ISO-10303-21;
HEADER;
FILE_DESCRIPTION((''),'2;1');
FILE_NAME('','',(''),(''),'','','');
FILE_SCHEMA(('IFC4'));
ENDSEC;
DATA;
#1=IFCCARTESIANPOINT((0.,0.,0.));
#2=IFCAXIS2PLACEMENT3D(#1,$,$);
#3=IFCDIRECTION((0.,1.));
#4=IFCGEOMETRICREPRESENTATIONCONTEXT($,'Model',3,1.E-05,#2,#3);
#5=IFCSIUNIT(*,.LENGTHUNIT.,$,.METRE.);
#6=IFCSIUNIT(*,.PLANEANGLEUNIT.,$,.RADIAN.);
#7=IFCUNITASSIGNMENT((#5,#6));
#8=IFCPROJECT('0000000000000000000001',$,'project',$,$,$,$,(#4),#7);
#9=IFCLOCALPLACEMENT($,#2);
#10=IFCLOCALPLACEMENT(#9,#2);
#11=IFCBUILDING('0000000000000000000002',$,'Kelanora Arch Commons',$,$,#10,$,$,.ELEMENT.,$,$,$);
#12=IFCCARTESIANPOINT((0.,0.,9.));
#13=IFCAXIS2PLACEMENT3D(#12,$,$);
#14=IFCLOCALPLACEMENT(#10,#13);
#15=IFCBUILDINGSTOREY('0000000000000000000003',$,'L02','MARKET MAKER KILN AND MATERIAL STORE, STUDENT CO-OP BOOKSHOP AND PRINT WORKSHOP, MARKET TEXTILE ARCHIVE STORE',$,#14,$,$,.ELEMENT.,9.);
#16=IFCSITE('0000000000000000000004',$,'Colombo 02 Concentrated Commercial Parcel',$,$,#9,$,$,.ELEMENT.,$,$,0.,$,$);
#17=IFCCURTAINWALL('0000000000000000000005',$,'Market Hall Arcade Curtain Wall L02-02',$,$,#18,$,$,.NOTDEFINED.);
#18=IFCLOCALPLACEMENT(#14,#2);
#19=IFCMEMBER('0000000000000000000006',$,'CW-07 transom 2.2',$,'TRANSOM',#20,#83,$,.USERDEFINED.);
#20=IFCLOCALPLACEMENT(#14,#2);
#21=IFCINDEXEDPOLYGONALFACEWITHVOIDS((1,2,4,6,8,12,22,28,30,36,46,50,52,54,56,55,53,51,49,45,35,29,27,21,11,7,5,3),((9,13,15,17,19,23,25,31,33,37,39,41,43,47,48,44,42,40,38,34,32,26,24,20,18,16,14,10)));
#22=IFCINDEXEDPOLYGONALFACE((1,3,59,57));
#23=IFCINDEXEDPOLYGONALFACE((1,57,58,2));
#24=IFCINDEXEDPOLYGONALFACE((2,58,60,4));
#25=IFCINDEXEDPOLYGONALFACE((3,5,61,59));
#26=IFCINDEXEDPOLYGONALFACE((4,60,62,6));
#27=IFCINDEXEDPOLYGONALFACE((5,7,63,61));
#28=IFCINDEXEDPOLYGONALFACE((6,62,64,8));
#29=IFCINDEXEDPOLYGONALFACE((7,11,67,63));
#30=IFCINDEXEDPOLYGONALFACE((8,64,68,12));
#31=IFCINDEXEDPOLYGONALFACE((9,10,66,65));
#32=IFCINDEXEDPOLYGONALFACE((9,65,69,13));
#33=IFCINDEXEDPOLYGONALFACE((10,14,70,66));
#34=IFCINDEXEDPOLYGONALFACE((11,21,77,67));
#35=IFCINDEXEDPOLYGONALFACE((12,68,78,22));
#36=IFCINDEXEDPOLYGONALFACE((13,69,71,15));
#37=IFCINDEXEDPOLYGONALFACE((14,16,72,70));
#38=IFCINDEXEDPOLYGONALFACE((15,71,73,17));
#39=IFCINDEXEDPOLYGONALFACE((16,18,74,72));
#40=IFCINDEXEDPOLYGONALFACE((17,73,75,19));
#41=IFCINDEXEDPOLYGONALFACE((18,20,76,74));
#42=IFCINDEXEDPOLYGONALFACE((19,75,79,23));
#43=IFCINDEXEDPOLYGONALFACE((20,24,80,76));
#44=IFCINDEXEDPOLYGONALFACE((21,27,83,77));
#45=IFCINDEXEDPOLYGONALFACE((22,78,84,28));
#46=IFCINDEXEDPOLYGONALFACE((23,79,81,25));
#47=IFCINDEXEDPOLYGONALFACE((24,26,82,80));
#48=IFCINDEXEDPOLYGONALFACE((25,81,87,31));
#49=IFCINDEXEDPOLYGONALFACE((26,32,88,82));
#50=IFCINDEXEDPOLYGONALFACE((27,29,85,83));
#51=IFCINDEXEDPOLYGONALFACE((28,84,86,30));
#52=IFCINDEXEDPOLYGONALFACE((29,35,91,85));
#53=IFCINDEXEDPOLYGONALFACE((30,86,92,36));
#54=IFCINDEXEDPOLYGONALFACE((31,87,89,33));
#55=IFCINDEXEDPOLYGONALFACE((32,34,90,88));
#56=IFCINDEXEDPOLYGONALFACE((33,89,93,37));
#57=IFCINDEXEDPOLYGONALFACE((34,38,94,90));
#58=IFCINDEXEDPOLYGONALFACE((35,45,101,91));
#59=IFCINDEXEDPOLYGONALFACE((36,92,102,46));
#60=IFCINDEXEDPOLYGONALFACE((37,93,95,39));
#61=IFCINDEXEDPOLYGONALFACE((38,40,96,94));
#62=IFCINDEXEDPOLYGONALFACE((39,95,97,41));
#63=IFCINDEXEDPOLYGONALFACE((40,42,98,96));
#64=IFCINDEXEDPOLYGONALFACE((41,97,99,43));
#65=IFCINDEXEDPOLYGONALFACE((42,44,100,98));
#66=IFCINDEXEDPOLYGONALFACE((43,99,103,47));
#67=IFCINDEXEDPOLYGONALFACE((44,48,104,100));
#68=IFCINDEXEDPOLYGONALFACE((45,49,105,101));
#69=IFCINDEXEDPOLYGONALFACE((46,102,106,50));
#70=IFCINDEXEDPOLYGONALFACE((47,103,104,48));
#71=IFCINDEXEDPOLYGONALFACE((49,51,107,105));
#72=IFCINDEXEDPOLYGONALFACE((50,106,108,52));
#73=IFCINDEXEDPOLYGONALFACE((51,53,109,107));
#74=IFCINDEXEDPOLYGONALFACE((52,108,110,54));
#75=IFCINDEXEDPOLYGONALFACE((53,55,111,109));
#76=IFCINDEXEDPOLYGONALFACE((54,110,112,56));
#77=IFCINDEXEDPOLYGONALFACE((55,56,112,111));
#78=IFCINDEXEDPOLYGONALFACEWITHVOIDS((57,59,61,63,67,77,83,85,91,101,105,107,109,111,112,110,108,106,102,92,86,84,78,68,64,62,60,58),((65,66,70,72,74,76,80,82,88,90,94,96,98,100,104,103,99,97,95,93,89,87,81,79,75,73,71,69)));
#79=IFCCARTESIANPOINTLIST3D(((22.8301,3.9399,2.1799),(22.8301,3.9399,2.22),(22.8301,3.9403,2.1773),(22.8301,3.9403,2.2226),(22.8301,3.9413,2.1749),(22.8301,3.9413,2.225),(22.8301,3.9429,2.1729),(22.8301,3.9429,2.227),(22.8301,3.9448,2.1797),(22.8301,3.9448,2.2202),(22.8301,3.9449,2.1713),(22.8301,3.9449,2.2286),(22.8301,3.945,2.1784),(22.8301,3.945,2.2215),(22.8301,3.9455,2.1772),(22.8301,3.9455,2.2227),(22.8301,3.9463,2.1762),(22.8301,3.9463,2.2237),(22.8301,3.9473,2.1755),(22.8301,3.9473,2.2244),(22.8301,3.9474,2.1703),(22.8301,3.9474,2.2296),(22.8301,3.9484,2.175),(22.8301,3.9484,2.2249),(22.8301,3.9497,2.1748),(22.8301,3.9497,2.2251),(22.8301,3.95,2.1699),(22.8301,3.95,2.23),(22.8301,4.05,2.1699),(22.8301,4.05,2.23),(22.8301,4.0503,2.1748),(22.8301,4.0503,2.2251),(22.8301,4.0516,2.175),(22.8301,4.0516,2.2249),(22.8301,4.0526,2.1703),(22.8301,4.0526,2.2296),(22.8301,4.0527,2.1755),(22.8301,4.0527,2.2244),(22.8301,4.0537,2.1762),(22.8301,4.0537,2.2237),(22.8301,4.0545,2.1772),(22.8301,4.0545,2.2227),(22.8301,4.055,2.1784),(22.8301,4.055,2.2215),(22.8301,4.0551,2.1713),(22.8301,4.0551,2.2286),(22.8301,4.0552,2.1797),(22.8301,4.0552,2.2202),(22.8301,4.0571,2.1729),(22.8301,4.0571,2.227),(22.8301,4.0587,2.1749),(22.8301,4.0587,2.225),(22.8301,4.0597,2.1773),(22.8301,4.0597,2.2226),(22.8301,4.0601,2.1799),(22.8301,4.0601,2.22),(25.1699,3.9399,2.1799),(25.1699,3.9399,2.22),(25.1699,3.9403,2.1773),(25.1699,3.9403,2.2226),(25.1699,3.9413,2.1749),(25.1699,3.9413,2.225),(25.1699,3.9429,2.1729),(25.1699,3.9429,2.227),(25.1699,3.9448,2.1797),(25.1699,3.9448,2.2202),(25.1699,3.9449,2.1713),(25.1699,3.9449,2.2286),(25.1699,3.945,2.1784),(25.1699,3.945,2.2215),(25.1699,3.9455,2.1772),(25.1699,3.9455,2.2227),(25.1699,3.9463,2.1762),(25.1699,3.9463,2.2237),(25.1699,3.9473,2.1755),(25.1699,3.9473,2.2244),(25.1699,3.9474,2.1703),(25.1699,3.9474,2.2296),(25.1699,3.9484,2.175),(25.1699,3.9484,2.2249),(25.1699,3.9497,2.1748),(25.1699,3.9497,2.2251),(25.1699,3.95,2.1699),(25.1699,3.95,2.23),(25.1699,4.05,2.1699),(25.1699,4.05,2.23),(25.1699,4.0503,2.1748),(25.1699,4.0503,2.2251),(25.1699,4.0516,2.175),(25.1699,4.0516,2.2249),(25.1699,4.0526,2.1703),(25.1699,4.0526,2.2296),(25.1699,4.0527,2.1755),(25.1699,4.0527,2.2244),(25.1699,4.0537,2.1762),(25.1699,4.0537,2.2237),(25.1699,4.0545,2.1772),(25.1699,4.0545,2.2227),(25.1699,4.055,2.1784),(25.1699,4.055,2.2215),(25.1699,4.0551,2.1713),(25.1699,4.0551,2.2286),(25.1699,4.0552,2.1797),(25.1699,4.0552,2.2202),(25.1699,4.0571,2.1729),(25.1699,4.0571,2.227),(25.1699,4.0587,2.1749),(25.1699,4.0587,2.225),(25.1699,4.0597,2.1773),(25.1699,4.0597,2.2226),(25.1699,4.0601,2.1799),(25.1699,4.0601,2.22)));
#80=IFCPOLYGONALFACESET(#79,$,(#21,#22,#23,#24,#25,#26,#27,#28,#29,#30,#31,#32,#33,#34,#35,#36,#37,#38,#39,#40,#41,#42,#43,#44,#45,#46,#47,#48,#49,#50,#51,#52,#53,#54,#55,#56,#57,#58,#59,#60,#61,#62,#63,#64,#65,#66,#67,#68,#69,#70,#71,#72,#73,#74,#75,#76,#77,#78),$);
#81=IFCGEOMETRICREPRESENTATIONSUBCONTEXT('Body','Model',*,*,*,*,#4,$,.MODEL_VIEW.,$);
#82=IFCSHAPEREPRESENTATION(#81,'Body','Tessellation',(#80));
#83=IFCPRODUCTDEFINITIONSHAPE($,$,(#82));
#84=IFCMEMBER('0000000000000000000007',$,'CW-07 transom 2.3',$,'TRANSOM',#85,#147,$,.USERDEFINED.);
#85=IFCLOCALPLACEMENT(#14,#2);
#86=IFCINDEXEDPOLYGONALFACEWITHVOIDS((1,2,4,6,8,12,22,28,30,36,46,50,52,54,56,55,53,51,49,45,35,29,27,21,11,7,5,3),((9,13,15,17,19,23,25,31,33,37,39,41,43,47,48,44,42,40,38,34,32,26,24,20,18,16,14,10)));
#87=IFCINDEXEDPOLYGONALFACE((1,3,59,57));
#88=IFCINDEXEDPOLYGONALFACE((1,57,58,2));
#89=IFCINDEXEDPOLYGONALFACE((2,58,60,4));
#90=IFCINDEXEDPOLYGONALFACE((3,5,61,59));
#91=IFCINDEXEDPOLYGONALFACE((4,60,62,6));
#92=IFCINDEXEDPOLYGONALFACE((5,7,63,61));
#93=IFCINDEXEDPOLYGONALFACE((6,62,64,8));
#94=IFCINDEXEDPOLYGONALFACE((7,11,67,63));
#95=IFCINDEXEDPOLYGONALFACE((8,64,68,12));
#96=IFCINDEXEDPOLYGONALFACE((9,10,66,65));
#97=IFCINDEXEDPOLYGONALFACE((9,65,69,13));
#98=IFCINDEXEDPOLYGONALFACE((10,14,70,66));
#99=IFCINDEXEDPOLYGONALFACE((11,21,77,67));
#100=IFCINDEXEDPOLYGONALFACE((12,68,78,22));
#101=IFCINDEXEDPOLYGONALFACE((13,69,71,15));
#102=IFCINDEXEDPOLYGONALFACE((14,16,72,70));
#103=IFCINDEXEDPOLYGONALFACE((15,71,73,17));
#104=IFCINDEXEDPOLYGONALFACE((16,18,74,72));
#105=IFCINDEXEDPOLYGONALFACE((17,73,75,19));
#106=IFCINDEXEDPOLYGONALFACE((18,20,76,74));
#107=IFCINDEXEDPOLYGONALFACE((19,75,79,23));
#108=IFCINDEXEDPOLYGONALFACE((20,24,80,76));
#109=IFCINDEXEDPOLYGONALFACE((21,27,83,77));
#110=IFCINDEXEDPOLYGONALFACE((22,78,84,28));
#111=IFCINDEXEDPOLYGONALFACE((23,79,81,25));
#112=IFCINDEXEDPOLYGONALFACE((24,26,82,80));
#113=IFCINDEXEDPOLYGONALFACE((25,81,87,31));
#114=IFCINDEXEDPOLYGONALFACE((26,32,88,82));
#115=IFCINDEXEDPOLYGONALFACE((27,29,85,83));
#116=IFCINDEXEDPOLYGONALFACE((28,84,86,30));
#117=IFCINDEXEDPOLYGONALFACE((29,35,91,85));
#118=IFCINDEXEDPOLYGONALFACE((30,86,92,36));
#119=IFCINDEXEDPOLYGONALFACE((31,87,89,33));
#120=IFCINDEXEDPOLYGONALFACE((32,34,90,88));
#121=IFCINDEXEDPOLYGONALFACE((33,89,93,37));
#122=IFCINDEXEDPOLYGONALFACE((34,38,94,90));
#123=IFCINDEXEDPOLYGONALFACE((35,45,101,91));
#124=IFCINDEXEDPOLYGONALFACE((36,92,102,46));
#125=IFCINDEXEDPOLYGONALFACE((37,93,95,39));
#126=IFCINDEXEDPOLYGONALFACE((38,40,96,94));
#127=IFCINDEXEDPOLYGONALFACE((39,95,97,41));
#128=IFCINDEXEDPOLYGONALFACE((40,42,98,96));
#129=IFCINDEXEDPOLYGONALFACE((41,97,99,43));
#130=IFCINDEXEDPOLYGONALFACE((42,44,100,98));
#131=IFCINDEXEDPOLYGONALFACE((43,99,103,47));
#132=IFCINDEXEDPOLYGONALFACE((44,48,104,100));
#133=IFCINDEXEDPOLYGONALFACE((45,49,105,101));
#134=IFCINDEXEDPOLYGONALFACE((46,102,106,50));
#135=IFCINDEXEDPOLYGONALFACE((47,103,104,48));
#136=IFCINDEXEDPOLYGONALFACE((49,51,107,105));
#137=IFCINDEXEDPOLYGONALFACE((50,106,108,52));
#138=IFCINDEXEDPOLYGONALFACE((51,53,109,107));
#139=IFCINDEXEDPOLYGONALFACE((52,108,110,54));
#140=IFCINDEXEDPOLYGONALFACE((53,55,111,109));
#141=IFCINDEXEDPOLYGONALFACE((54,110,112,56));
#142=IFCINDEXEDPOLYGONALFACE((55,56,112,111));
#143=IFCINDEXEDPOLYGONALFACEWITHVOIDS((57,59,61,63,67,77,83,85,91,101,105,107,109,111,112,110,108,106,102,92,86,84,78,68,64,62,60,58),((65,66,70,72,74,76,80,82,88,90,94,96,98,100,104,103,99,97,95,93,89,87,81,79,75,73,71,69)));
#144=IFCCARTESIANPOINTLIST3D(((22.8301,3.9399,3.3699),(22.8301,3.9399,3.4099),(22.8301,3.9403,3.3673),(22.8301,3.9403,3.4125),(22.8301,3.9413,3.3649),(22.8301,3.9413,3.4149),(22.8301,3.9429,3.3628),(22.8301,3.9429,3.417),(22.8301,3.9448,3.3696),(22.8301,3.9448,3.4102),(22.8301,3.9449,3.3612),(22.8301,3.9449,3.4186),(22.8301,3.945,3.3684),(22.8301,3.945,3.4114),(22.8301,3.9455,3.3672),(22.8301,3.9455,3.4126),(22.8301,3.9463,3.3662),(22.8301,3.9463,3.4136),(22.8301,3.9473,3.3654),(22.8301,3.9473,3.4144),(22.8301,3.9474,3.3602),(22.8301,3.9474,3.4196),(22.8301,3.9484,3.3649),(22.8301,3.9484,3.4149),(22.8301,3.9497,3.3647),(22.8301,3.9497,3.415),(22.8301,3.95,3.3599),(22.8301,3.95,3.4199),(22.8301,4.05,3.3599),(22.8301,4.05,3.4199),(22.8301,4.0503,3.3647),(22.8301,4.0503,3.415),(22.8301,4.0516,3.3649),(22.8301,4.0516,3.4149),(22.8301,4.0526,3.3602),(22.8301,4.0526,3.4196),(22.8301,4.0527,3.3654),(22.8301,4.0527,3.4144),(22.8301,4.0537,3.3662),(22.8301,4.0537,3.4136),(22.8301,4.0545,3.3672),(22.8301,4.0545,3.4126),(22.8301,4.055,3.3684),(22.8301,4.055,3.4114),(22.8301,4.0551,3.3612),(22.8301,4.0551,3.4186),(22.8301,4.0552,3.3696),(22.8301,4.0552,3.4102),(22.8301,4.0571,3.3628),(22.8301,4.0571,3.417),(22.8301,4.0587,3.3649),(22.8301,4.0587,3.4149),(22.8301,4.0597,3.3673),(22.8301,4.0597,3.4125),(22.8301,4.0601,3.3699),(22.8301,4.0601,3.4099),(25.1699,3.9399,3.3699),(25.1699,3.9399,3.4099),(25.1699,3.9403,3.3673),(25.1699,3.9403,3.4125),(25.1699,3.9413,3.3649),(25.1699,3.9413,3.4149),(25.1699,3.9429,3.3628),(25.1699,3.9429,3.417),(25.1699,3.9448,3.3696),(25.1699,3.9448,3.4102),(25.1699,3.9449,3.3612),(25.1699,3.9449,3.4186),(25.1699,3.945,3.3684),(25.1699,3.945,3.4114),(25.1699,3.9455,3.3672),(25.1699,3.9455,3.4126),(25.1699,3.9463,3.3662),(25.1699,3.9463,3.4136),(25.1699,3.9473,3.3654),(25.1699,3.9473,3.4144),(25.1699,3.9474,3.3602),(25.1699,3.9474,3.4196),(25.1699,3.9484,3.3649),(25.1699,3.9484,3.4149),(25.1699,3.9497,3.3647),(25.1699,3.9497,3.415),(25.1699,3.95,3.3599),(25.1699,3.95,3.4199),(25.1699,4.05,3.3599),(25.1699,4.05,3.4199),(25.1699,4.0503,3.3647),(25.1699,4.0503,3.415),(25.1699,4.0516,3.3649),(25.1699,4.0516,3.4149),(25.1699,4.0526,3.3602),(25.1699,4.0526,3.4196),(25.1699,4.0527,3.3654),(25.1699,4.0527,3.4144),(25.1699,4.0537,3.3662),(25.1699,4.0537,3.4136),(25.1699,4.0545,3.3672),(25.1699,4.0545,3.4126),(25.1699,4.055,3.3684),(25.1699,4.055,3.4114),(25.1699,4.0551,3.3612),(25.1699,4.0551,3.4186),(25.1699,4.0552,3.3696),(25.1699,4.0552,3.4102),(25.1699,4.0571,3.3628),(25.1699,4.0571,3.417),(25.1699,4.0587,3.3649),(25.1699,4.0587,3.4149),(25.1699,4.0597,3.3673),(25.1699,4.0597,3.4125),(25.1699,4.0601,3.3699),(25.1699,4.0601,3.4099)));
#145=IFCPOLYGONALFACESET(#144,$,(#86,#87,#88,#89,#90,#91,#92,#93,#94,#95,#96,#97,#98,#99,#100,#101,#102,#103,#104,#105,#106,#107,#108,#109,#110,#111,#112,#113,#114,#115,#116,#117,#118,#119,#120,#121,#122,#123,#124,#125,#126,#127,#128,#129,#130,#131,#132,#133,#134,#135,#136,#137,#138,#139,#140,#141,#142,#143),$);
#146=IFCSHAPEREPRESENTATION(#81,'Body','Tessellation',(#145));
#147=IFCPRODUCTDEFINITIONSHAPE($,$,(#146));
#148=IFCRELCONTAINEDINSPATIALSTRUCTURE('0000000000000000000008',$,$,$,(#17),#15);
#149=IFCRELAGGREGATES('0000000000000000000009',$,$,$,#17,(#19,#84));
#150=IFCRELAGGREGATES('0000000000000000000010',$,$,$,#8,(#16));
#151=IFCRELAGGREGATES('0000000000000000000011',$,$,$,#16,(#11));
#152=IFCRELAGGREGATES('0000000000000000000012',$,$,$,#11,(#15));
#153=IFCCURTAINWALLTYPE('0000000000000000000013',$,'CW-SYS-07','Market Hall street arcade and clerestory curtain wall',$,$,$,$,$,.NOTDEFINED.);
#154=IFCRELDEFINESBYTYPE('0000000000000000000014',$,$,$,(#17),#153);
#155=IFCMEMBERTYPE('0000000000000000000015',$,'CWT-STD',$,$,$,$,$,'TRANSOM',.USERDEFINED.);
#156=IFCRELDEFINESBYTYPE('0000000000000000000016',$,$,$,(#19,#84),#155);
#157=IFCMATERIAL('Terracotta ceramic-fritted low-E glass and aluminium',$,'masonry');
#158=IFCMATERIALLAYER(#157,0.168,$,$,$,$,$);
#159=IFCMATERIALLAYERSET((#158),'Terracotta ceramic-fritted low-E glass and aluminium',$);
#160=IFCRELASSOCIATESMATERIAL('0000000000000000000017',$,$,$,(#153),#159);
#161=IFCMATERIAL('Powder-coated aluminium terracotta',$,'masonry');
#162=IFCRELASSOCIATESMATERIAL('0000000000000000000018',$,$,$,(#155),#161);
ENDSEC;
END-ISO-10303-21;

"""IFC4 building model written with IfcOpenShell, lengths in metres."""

from ifc_helpers import new_model, si_unit, direction, frame, origin, origin_2d, place, context, subcontext, project, spatial, hollow_rectangle, extrude, material, layer, layer_set, material_profile, profile_set, type_object, element, aggregate, save


model = new_model("IFC4")

# Units and contexts
model_context = context("Model", 3, precision=1e-05, world=origin(), true_north=direction((0.0, 1.0)))
body_context = subcontext(model_context, "Body", "Model", "MODEL_VIEW")
ifc_project = project(units=[si_unit("LENGTHUNIT", "METRE"), si_unit("PLANEANGLEUNIT", "RADIAN")], contexts=[model_context])

# Site, building, storey
site_placement = place(None, origin())
site = spatial("IfcSite", under=ifc_project, at=site_placement, Name="Colombo 02 Concentrated Commercial Parcel", CompositionType="ELEMENT", RefElevation=0.0)
building_placement = place(site_placement, origin())
building = spatial("IfcBuilding", under=site, at=building_placement, Name="Kelanora Arch Commons", CompositionType="ELEMENT")
storey_placement = place(building_placement, frame((0.0, 0.0, 9.0)))
storey = spatial("IfcBuildingStorey", under=building, at=storey_placement, Name="L02", Description="MARKET MAKER KILN AND MATERIAL STORE, STUDENT CO-OP BOOKSHOP AND PRINT WORKSHOP, MARKET TEXTILE ARCHIVE STORE", CompositionType="ELEMENT", Elevation=9.0)

# Curtain wall, members
ifc_material_1 = material(Name="Terracotta ceramic-fritted low-E glass and aluminium", Category="masonry")
ifc_layer_1 = layer(ifc_material_1, 0.168)
ifc_layer_set_1 = layer_set([ifc_layer_1], Name="Terracotta ceramic-fritted low-E glass and aluminium")
curtain_wall_type = type_object("IfcCurtainWallType", Name="CW-SYS-07", Description="Market Hall street arcade and clerestory curtain wall", PredefinedType="NOTDEFINED", material=ifc_layer_set_1)
curtain_wall_placement = place(storey_placement, origin())
curtain_wall = element("IfcCurtainWall", 1, at=curtain_wall_placement, inside=storey, type_object=curtain_wall_type, Name="Market Hall Arcade Curtain Wall L02-02", PredefinedType="NOTDEFINED")
ifc_material_2 = material(Name="Powder-coated aluminium terracotta", Category="masonry")
ifc_material_profile_1 = material_profile(ifc_material_2, hollow_rectangle(XDim=0.1201, YDim=0.0601, WallThickness=0.0049, InnerFilletRadius=0.0049, OuterFilletRadius=0.01, at=origin_2d()), Name="CWT120x60")
ifc_profile_set_1 = profile_set([ifc_material_profile_1], Name="Powder-coated aluminium terracotta")
member_type_1 = type_object("IfcMemberType", Name="CWT-STD", ElementType="TRANSOM", PredefinedType="USERDEFINED", material=ifc_profile_set_1)
member_1_placement = place(storey_placement, frame((22.8301, 4.0, 2.2), z_axis=(1.0, 0.0, 0.0), x_axis=(0.0, 1.0, 0.0)))
member_1 = element("IfcMember", 2, at=member_1_placement, type_object=member_type_1, Name="CW-07 transom 2.2", ObjectType="TRANSOM", PredefinedType="USERDEFINED", context=body_context, shape_type="SweptSolid", body=[
    extrude(hollow_rectangle(XDim=0.1201, YDim=0.0601, WallThickness=0.0049, InnerFilletRadius=0.0049, OuterFilletRadius=0.01, at=origin_2d()), origin(), (0.0, 0.0, 1.0), 2.3398),
])
member_2_placement = place(storey_placement, frame((22.8301, 4.0, 3.3899), z_axis=(1.0, 0.0, 0.0), x_axis=(0.0, 1.0, 0.0)))
member_2 = element("IfcMember", 3, at=member_2_placement, type_object=member_type_1, Name="CW-07 transom 2.3", ObjectType="TRANSOM", PredefinedType="USERDEFINED", context=body_context, shape_type="SweptSolid", body=[
    extrude(hollow_rectangle(XDim=0.1201, YDim=0.0601, WallThickness=0.0049, InnerFilletRadius=0.0049, OuterFilletRadius=0.01, at=origin_2d()), origin(), (0.0, 0.0, 1.0), 2.3398),
])
aggregate(curtain_wall, [member_1, member_2])

save(model, "model.ifc")
